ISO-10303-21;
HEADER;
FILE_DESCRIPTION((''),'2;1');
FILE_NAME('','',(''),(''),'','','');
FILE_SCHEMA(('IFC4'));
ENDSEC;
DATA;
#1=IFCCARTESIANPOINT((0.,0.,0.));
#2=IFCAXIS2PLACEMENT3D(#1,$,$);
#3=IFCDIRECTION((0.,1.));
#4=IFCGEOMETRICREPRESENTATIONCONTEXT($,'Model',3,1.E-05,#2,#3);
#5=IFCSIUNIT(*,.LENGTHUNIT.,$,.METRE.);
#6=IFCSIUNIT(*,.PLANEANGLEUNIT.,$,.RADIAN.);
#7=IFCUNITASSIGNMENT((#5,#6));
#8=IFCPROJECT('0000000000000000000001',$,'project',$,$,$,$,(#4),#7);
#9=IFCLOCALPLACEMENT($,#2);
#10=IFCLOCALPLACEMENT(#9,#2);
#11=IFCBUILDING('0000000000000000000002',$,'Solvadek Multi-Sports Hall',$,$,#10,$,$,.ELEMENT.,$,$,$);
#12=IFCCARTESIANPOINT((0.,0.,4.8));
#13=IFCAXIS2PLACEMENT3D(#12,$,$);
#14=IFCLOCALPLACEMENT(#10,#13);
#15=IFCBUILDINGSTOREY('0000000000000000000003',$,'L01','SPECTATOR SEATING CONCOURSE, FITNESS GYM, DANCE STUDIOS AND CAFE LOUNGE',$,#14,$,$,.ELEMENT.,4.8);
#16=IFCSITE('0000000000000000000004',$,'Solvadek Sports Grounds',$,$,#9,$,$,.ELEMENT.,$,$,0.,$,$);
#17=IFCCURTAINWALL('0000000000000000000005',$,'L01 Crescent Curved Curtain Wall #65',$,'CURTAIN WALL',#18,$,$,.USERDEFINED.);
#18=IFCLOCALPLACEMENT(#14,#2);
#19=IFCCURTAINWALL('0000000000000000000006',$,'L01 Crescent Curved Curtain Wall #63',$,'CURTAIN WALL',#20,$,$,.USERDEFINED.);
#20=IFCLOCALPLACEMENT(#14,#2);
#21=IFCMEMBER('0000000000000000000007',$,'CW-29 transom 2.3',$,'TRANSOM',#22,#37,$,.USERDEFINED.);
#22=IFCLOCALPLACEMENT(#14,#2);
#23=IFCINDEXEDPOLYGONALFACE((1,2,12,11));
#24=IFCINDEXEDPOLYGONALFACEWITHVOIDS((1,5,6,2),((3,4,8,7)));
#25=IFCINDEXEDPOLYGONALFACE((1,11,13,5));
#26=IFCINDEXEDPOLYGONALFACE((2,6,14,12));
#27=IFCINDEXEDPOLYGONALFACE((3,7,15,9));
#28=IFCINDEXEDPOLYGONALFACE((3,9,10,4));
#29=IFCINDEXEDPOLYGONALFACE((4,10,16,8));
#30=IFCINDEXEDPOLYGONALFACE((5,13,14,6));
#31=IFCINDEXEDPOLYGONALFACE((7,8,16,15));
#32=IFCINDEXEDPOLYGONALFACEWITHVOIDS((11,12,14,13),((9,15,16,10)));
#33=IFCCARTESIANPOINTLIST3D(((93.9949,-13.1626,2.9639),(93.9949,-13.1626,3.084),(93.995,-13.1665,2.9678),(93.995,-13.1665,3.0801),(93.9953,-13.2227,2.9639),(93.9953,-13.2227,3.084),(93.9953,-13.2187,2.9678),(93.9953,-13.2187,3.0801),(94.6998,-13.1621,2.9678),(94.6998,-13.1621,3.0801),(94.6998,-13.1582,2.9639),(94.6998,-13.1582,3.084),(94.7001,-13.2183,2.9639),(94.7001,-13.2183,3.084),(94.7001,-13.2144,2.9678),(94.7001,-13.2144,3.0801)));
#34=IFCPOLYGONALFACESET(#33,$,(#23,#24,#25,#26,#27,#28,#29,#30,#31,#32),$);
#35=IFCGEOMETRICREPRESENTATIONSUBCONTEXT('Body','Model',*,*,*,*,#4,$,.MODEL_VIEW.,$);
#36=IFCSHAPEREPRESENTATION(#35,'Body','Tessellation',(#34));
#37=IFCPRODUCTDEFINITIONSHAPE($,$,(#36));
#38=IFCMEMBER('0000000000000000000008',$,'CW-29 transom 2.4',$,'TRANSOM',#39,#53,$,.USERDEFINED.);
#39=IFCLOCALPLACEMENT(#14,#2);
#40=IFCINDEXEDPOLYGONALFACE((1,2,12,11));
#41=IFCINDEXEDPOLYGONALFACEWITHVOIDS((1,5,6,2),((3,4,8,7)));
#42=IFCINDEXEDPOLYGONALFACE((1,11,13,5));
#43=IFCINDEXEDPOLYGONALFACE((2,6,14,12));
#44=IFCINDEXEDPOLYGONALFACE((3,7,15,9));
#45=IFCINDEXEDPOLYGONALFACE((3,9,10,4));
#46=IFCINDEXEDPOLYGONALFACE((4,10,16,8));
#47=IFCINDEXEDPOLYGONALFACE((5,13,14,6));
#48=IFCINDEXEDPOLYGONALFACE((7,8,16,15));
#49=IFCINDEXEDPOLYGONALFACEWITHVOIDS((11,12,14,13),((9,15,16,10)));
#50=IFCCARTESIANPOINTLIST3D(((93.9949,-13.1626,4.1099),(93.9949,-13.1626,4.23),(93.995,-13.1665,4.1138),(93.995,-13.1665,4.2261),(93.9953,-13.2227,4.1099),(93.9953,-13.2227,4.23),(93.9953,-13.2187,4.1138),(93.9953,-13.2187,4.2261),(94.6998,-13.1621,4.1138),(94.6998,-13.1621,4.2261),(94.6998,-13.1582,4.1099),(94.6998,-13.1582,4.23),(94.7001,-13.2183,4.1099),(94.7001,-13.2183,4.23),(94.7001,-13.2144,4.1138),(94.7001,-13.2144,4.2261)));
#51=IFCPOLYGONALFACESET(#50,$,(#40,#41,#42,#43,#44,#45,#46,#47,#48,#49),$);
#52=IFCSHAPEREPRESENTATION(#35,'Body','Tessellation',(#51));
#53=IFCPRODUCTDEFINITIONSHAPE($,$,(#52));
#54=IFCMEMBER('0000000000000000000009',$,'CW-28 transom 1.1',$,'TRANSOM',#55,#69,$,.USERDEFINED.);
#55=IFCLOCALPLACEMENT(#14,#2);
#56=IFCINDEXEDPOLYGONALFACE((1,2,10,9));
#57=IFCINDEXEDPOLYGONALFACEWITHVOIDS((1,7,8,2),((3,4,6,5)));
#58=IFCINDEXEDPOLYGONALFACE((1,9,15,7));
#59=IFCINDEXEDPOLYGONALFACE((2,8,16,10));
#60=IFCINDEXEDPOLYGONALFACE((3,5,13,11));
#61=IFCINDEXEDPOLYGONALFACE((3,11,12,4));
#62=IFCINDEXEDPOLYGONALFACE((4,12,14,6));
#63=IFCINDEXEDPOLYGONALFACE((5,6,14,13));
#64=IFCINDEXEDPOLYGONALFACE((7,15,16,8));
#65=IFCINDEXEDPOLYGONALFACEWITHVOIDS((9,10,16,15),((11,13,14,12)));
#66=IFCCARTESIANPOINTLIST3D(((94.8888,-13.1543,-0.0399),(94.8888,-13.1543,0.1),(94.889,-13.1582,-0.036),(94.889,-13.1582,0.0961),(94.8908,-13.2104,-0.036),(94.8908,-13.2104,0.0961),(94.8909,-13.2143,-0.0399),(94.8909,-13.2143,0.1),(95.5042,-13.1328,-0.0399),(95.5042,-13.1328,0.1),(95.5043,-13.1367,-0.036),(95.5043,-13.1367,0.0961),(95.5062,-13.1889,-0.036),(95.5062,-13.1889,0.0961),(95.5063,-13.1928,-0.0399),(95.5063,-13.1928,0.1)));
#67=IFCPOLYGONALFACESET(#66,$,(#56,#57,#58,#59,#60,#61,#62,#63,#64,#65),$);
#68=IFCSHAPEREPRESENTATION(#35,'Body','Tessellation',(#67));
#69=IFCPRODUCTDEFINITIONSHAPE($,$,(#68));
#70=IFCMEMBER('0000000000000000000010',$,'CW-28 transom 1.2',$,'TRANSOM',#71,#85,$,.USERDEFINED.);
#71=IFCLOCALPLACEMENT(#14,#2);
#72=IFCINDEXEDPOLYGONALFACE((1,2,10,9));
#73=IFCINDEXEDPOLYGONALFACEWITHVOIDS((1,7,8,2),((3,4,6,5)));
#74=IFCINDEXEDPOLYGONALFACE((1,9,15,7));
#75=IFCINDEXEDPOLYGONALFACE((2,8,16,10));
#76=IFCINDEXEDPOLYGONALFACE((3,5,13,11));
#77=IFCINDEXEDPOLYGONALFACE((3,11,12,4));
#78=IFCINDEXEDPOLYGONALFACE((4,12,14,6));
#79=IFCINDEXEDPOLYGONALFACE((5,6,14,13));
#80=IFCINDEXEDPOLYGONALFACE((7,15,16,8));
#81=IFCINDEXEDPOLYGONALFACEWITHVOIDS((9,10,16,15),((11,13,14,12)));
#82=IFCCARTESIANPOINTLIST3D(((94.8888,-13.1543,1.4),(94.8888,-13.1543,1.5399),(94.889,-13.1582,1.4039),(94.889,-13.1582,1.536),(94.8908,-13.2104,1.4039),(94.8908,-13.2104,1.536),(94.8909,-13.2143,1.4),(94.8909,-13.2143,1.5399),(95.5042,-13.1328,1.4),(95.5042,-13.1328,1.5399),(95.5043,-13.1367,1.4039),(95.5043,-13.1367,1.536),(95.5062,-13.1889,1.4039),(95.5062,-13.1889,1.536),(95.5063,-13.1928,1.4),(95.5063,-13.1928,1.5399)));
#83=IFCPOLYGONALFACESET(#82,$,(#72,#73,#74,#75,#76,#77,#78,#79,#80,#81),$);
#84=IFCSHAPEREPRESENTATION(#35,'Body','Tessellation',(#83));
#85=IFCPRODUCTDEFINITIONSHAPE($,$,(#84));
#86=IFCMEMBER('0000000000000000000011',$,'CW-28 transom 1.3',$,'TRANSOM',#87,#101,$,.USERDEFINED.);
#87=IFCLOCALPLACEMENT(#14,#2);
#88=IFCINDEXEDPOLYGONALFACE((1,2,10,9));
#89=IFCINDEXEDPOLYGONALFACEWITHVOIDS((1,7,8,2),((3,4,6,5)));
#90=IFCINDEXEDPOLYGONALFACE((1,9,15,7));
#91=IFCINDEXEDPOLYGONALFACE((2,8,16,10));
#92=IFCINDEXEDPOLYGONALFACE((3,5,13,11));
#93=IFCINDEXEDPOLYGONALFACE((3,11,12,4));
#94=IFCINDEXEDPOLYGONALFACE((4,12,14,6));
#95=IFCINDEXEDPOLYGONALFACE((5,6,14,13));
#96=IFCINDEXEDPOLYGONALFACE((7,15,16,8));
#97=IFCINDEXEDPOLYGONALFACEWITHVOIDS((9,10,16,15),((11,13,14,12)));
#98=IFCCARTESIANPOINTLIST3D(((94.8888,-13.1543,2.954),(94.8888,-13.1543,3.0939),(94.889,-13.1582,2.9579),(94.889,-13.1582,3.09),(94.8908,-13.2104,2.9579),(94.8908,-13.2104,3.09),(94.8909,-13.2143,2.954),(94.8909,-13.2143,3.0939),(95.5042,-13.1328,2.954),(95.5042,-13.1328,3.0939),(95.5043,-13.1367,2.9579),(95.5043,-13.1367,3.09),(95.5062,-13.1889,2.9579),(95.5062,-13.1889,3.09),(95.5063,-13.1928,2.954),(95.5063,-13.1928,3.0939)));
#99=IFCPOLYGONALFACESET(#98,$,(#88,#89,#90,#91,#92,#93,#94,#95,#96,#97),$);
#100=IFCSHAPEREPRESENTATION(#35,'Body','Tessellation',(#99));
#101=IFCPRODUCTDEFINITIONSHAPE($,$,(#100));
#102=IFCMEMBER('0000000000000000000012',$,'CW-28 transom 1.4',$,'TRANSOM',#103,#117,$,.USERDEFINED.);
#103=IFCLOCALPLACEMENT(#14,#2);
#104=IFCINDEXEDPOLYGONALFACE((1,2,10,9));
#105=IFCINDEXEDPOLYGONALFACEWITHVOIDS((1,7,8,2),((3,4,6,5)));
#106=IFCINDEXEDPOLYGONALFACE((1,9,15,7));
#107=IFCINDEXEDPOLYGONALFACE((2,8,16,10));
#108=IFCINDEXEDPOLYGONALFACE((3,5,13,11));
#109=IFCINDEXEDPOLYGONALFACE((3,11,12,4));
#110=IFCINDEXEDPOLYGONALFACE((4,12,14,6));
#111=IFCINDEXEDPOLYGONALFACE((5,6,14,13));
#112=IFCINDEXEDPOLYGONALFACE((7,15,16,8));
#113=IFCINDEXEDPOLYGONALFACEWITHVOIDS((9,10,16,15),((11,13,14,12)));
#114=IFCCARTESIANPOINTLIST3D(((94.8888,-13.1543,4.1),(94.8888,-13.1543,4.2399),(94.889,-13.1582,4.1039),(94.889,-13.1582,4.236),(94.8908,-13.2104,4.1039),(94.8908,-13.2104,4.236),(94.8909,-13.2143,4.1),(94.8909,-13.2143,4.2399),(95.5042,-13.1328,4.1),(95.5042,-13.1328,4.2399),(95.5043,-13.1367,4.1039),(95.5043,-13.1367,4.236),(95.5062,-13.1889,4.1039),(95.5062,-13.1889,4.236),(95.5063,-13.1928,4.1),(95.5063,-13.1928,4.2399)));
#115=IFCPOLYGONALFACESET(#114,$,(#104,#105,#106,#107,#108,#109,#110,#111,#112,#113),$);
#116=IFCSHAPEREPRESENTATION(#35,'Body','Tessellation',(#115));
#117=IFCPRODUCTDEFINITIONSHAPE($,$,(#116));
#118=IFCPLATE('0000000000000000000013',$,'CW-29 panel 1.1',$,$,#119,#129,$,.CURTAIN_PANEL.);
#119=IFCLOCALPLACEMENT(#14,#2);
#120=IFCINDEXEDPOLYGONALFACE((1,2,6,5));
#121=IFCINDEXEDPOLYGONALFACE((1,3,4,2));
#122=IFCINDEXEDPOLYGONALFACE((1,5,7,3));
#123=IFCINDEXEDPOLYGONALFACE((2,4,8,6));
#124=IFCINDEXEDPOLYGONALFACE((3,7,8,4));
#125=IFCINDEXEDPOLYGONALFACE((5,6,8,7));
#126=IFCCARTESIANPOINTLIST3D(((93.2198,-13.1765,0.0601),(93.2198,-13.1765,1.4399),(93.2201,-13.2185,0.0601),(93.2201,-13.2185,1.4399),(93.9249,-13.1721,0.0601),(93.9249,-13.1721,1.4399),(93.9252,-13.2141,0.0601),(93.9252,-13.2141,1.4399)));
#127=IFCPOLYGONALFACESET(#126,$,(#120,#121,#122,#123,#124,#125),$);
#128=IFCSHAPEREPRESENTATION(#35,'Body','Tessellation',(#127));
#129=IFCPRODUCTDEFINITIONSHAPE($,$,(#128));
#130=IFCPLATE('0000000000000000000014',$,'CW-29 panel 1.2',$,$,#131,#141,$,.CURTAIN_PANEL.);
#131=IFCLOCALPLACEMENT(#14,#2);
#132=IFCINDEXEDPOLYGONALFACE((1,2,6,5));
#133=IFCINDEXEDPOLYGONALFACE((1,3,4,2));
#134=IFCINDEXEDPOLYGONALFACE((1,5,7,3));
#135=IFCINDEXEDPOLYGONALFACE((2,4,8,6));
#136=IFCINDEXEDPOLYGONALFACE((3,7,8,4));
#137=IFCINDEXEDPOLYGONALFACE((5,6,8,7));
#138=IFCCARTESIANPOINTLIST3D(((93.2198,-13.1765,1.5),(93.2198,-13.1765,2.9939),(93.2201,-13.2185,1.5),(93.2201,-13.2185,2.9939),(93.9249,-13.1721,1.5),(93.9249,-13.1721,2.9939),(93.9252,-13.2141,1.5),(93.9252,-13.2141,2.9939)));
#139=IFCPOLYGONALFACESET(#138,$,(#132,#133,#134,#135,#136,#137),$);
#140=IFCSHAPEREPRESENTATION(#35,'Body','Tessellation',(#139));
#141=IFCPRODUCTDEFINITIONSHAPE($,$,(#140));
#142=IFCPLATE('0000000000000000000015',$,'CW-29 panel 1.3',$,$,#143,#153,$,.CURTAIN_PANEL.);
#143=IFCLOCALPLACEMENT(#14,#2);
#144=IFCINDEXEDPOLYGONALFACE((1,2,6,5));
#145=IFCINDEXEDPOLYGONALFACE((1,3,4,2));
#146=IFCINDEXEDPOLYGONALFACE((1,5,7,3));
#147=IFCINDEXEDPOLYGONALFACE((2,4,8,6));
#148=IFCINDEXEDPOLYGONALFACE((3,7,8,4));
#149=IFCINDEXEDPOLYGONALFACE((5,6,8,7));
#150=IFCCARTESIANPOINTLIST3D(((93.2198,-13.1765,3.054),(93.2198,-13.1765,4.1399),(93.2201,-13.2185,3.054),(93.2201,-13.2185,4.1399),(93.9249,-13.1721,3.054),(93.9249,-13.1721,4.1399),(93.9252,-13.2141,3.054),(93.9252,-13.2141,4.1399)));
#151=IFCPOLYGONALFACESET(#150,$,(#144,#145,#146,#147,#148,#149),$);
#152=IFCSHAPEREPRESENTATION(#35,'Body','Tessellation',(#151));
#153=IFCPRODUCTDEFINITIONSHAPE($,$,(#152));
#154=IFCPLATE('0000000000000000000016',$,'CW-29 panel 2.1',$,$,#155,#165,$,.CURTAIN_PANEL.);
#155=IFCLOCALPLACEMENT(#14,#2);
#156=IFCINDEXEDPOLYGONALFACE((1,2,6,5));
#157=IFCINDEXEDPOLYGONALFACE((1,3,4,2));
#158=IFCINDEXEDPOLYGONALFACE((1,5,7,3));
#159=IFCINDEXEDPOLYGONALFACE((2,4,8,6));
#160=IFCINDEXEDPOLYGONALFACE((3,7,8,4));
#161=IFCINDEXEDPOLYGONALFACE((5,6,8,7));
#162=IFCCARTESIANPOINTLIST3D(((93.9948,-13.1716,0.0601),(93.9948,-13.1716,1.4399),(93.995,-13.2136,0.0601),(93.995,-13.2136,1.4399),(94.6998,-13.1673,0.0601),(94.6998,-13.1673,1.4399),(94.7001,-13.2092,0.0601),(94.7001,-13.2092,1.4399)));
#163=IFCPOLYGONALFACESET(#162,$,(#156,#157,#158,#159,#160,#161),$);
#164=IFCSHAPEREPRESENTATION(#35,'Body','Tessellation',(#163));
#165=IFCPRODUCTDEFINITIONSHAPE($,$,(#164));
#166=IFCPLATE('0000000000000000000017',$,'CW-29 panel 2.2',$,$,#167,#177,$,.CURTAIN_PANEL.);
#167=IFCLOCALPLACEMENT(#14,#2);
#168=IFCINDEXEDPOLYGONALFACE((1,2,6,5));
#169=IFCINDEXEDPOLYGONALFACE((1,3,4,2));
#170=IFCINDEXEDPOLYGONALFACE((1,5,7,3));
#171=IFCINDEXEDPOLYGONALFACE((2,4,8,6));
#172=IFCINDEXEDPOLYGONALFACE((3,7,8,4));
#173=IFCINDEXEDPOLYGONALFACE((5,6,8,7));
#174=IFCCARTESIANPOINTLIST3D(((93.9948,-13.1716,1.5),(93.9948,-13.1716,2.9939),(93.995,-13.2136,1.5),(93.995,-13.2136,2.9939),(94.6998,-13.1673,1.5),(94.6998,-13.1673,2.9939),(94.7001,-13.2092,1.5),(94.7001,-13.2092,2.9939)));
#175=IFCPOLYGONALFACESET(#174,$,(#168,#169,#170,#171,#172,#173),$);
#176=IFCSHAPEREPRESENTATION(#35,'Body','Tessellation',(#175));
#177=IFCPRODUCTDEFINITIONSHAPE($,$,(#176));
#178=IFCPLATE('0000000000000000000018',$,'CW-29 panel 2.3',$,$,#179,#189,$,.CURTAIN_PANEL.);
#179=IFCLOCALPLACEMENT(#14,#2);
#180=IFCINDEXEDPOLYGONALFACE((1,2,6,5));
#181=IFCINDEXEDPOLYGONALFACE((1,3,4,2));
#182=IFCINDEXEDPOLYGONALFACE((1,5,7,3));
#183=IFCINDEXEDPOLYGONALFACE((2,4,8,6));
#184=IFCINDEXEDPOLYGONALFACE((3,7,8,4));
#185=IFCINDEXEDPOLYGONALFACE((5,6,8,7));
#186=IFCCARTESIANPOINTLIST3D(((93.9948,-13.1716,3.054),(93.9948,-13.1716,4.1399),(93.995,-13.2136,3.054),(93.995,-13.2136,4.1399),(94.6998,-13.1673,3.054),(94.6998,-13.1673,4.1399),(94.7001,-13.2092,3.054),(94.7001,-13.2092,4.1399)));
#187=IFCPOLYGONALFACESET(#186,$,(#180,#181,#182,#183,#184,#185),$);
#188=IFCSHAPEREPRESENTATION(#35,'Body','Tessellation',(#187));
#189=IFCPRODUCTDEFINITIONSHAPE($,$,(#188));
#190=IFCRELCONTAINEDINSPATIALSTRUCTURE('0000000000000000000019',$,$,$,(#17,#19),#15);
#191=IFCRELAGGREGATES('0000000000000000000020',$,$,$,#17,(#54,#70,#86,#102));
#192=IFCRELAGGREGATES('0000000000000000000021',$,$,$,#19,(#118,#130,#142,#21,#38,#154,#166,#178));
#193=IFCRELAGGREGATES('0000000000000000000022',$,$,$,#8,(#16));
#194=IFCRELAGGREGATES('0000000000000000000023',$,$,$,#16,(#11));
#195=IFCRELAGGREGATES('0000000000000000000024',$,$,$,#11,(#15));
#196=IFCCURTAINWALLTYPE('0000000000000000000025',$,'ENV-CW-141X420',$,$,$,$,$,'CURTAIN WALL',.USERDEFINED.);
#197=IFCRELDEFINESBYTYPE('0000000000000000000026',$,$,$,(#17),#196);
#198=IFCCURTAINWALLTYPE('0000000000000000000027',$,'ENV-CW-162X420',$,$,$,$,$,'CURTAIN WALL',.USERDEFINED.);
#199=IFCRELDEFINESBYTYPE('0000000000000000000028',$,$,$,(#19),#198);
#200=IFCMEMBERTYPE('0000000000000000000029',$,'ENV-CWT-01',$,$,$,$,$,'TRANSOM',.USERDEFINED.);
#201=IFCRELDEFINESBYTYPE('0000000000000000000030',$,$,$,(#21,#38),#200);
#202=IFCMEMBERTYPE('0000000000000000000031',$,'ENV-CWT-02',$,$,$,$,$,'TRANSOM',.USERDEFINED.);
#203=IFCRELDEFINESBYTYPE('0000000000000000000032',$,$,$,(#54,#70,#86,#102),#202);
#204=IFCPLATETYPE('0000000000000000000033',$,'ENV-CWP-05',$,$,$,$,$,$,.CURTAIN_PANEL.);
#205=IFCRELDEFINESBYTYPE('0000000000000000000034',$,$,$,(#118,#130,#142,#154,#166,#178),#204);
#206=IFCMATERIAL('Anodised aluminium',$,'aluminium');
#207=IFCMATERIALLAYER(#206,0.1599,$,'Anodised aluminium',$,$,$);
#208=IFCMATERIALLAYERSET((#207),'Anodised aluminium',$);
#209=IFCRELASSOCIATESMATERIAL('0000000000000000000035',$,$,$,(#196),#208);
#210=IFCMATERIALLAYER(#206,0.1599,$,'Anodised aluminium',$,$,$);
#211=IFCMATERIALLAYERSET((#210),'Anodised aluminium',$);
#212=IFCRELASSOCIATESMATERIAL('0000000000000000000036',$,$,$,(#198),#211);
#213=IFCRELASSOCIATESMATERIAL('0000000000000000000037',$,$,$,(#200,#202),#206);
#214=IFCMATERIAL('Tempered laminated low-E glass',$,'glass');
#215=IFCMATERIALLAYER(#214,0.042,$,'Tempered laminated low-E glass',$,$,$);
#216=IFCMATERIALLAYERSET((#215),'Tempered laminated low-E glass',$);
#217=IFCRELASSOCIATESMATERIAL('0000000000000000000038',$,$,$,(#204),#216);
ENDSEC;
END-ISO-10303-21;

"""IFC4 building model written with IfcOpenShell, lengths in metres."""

from ifc_helpers import new_model, si_unit, direction, frame, origin, origin_2d, place, context, subcontext, project, spatial, rectangle, hollow_rectangle, extrude, material, layer, layer_set, material_profile, profile_set, type_object, element, aggregate, save


model = new_model("IFC4")

# Units and contexts
model_context = context("Model", 3, precision=1e-05, world=origin(), true_north=direction((0.0, 1.0)))
body_context = subcontext(model_context, "Body", "Model", "MODEL_VIEW")
ifc_project = project(units=[si_unit("LENGTHUNIT", "METRE"), si_unit("PLANEANGLEUNIT", "RADIAN")], contexts=[model_context])

# Site, building, storey
site_placement = place(None, origin())
site = spatial("IfcSite", under=ifc_project, at=site_placement, Name="Solvadek Sports Grounds", CompositionType="ELEMENT", RefElevation=0.0)
building_placement = place(site_placement, origin())
building = spatial("IfcBuilding", under=site, at=building_placement, Name="Solvadek Multi-Sports Hall", CompositionType="ELEMENT")
storey_placement = place(building_placement, frame((0.0, 0.0, 4.8)))
storey = spatial("IfcBuildingStorey", under=building, at=storey_placement, Name="L01", Description="SPECTATOR SEATING CONCOURSE, FITNESS GYM, DANCE STUDIOS AND CAFE LOUNGE", CompositionType="ELEMENT", Elevation=4.8)

# Curtain wall
ifc_material_1 = material(Name="Anodised aluminium", Category="aluminium")
ifc_layer_1 = layer(ifc_material_1, 0.1599, Name="Anodised aluminium")
ifc_layer_set_1 = layer_set([ifc_layer_1], Name="Anodised aluminium")
curtain_wall_type_1 = type_object("IfcCurtainWallType", Name="ENV-CW-141X420", ElementType="CURTAIN WALL", PredefinedType="USERDEFINED", material=ifc_layer_set_1)
curtain_wall_1_placement = place(storey_placement, origin())
curtain_wall_1 = element("IfcCurtainWall", 1, at=curtain_wall_1_placement, inside=storey, type_object=curtain_wall_type_1, Name="L01 Crescent Curved Curtain Wall #65", ObjectType="CURTAIN WALL", PredefinedType="USERDEFINED")

# Curtain wall, members
ifc_layer_2 = layer(ifc_material_1, 0.1599, Name="Anodised aluminium")
ifc_layer_set_2 = layer_set([ifc_layer_2], Name="Anodised aluminium")
curtain_wall_type_2 = type_object("IfcCurtainWallType", Name="ENV-CW-162X420", ElementType="CURTAIN WALL", PredefinedType="USERDEFINED", material=ifc_layer_set_2)
curtain_wall_2_placement = place(storey_placement, origin())
curtain_wall_2 = element("IfcCurtainWall", 2, at=curtain_wall_2_placement, inside=storey, type_object=curtain_wall_type_2, Name="L01 Crescent Curved Curtain Wall #63", ObjectType="CURTAIN WALL", PredefinedType="USERDEFINED")
ifc_material_profile_1 = material_profile(ifc_material_1, hollow_rectangle(XDim=0.0601, YDim=0.1201, WallThickness=0.0039, at=origin_2d()), Name="ALU-T 120x60x4")
ifc_profile_set_1 = profile_set([ifc_material_profile_1], Name="Anodised aluminium")
member_type_1 = type_object("IfcMemberType", Name="ENV-CWT-01", ElementType="TRANSOM", PredefinedType="USERDEFINED", material=ifc_profile_set_1)
member_1_placement = place(storey_placement, frame((93.9951, -13.1926, 3.0239), z_axis=(0.999981, 0.006235, 0.0), x_axis=(-0.006235, 0.999981, 0.0)))
member_1 = element("IfcMember", 3, at=member_1_placement, type_object=member_type_1, Name="CW-29 transom 2.3", ObjectType="TRANSOM", PredefinedType="USERDEFINED", context=body_context, shape_type="SweptSolid", body=[
    extrude(hollow_rectangle(XDim=0.0601, YDim=0.1201, WallThickness=0.0039, at=origin_2d()), origin(), (0.0, 0.0, 1.0), 0.7048),
])
member_2_placement = place(storey_placement, frame((93.9951, -13.1926, 4.1699), z_axis=(0.999981, 0.006235, 0.0), x_axis=(-0.006235, 0.999981, 0.0)))
member_2 = element("IfcMember", 4, at=member_2_placement, type_object=member_type_1, Name="CW-29 transom 2.4", ObjectType="TRANSOM", PredefinedType="USERDEFINED", context=body_context, shape_type="SweptSolid", body=[
    extrude(hollow_rectangle(XDim=0.0601, YDim=0.1201, WallThickness=0.0039, at=origin_2d()), origin(), (0.0, 0.0, 1.0), 0.7048),
])

# Members
ifc_material_profile_2 = material_profile(ifc_material_1, hollow_rectangle(XDim=0.0601, YDim=0.1399, WallThickness=0.0039, at=origin_2d()), Name="ALU-T 140x60x4")
ifc_profile_set_2 = profile_set([ifc_material_profile_2], Name="Anodised aluminium")
member_type_2 = type_object("IfcMemberType", Name="ENV-CWT-02", ElementType="TRANSOM", PredefinedType="USERDEFINED", material=ifc_profile_set_2)
member_3_placement = place(storey_placement, frame((94.8899, -13.1843, 0.03), z_axis=(0.999391, 0.034899, 0.0), x_axis=(-0.034899, 0.999391, 0.0)))
member_3 = element("IfcMember", 5, at=member_3_placement, type_object=member_type_2, Name="CW-28 transom 1.1", ObjectType="TRANSOM", PredefinedType="USERDEFINED", context=body_context, shape_type="SweptSolid", body=[
    extrude(hollow_rectangle(XDim=0.0601, YDim=0.1399, WallThickness=0.0039, at=origin_2d()), origin(), (0.0, 0.0, 1.0), 0.6157),
])
member_4_placement = place(storey_placement, frame((94.8899, -13.1843, 1.47), z_axis=(0.999391, 0.034899, 0.0), x_axis=(-0.034899, 0.999391, 0.0)))
member_4 = element("IfcMember", 6, at=member_4_placement, type_object=member_type_2, Name="CW-28 transom 1.2", ObjectType="TRANSOM", PredefinedType="USERDEFINED", context=body_context, shape_type="SweptSolid", body=[
    extrude(hollow_rectangle(XDim=0.0601, YDim=0.1399, WallThickness=0.0039, at=origin_2d()), origin(), (0.0, 0.0, 1.0), 0.6157),
])
member_5_placement = place(storey_placement, frame((94.8899, -13.1843, 3.0239), z_axis=(0.999391, 0.034899, 0.0), x_axis=(-0.034899, 0.999391, 0.0)))
member_5 = element("IfcMember", 7, at=member_5_placement, type_object=member_type_2, Name="CW-28 transom 1.3", ObjectType="TRANSOM", PredefinedType="USERDEFINED", context=body_context, shape_type="SweptSolid", body=[
    extrude(hollow_rectangle(XDim=0.0601, YDim=0.1399, WallThickness=0.0039, at=origin_2d()), origin(), (0.0, 0.0, 1.0), 0.6157),
])
member_6_placement = place(storey_placement, frame((94.8899, -13.1843, 4.1699), z_axis=(0.999391, 0.034899, 0.0), x_axis=(-0.034899, 0.999391, 0.0)))
member_6 = element("IfcMember", 8, at=member_6_placement, type_object=member_type_2, Name="CW-28 transom 1.4", ObjectType="TRANSOM", PredefinedType="USERDEFINED", context=body_context, shape_type="SweptSolid", body=[
    extrude(hollow_rectangle(XDim=0.0601, YDim=0.1399, WallThickness=0.0039, at=origin_2d()), origin(), (0.0, 0.0, 1.0), 0.6157),
])
aggregate(curtain_wall_1, [member_3, member_4, member_5, member_6])

# Plates
ifc_material_2 = material(Name="Tempered laminated low-E glass", Category="glass")
ifc_layer_3 = layer(ifc_material_2, 0.042, Name="Tempered laminated low-E glass")
ifc_layer_set_3 = layer_set([ifc_layer_3], Name="Tempered laminated low-E glass")
plate_type_1 = type_object("IfcPlateType", Name="ENV-CWP-05", PredefinedType="CURTAIN_PANEL", material=ifc_layer_set_3)
plate_1_placement = place(storey_placement, frame((93.5725, -13.1953, 0.0601), z_axis=(0.0, 0.0, 1.0), x_axis=(0.999981, 0.006173, 0.0)))
plate_1 = element("IfcPlate", 9, at=plate_1_placement, type_object=plate_type_1, Name="CW-29 panel 1.1", PredefinedType="CURTAIN_PANEL", context=body_context, shape_type="SweptSolid", body=[
    extrude(rectangle(XDim=0.7051, YDim=0.042, at=origin_2d()), origin(), (0.0, 0.0, 1.0), 1.3799),
])
plate_2_placement = place(storey_placement, frame((93.5725, -13.1953, 1.5), z_axis=(0.0, 0.0, 1.0), x_axis=(0.999981, 0.006173, 0.0)))
plate_2 = element("IfcPlate", 10, at=plate_2_placement, type_object=plate_type_1, Name="CW-29 panel 1.2", PredefinedType="CURTAIN_PANEL", context=body_context, shape_type="SweptSolid", body=[
    extrude(rectangle(XDim=0.7051, YDim=0.042, at=origin_2d()), origin(), (0.0, 0.0, 1.0), 1.4939),
])
plate_3_placement = place(storey_placement, frame((93.5725, -13.1953, 3.054), z_axis=(0.0, 0.0, 1.0), x_axis=(0.999981, 0.006173, 0.0)))
plate_3 = element("IfcPlate", 11, at=plate_3_placement, type_object=plate_type_1, Name="CW-29 panel 1.3", PredefinedType="CURTAIN_PANEL", context=body_context, shape_type="SweptSolid", body=[
    extrude(rectangle(XDim=0.7051, YDim=0.042, at=origin_2d()), origin(), (0.0, 0.0, 1.0), 1.0859),
])
plate_4_placement = place(storey_placement, frame((94.3474, -13.1904, 0.0601), z_axis=(0.0, 0.0, 1.0), x_axis=(0.999981, 0.006173, 0.0)))
plate_4 = element("IfcPlate", 12, at=plate_4_placement, type_object=plate_type_1, Name="CW-29 panel 2.1", PredefinedType="CURTAIN_PANEL", context=body_context, shape_type="SweptSolid", body=[
    extrude(rectangle(XDim=0.7051, YDim=0.042, at=origin_2d()), origin(), (0.0, 0.0, 1.0), 1.3799),
])
plate_5_placement = place(storey_placement, frame((94.3474, -13.1904, 1.5), z_axis=(0.0, 0.0, 1.0), x_axis=(0.999981, 0.006173, 0.0)))
plate_5 = element("IfcPlate", 13, at=plate_5_placement, type_object=plate_type_1, Name="CW-29 panel 2.2", PredefinedType="CURTAIN_PANEL", context=body_context, shape_type="SweptSolid", body=[
    extrude(rectangle(XDim=0.7051, YDim=0.042, at=origin_2d()), origin(), (0.0, 0.0, 1.0), 1.4939),
])
plate_6_placement = place(storey_placement, frame((94.3474, -13.1904, 3.054), z_axis=(0.0, 0.0, 1.0), x_axis=(0.999981, 0.006173, 0.0)))
plate_6 = element("IfcPlate", 14, at=plate_6_placement, type_object=plate_type_1, Name="CW-29 panel 2.3", PredefinedType="CURTAIN_PANEL", context=body_context, shape_type="SweptSolid", body=[
    extrude(rectangle(XDim=0.7051, YDim=0.042, at=origin_2d()), origin(), (0.0, 0.0, 1.0), 1.0859),
])
aggregate(curtain_wall_2, [plate_1, plate_2, plate_3, member_1, member_2, plate_4, plate_5, plate_6])

save(model, "model.ifc")
